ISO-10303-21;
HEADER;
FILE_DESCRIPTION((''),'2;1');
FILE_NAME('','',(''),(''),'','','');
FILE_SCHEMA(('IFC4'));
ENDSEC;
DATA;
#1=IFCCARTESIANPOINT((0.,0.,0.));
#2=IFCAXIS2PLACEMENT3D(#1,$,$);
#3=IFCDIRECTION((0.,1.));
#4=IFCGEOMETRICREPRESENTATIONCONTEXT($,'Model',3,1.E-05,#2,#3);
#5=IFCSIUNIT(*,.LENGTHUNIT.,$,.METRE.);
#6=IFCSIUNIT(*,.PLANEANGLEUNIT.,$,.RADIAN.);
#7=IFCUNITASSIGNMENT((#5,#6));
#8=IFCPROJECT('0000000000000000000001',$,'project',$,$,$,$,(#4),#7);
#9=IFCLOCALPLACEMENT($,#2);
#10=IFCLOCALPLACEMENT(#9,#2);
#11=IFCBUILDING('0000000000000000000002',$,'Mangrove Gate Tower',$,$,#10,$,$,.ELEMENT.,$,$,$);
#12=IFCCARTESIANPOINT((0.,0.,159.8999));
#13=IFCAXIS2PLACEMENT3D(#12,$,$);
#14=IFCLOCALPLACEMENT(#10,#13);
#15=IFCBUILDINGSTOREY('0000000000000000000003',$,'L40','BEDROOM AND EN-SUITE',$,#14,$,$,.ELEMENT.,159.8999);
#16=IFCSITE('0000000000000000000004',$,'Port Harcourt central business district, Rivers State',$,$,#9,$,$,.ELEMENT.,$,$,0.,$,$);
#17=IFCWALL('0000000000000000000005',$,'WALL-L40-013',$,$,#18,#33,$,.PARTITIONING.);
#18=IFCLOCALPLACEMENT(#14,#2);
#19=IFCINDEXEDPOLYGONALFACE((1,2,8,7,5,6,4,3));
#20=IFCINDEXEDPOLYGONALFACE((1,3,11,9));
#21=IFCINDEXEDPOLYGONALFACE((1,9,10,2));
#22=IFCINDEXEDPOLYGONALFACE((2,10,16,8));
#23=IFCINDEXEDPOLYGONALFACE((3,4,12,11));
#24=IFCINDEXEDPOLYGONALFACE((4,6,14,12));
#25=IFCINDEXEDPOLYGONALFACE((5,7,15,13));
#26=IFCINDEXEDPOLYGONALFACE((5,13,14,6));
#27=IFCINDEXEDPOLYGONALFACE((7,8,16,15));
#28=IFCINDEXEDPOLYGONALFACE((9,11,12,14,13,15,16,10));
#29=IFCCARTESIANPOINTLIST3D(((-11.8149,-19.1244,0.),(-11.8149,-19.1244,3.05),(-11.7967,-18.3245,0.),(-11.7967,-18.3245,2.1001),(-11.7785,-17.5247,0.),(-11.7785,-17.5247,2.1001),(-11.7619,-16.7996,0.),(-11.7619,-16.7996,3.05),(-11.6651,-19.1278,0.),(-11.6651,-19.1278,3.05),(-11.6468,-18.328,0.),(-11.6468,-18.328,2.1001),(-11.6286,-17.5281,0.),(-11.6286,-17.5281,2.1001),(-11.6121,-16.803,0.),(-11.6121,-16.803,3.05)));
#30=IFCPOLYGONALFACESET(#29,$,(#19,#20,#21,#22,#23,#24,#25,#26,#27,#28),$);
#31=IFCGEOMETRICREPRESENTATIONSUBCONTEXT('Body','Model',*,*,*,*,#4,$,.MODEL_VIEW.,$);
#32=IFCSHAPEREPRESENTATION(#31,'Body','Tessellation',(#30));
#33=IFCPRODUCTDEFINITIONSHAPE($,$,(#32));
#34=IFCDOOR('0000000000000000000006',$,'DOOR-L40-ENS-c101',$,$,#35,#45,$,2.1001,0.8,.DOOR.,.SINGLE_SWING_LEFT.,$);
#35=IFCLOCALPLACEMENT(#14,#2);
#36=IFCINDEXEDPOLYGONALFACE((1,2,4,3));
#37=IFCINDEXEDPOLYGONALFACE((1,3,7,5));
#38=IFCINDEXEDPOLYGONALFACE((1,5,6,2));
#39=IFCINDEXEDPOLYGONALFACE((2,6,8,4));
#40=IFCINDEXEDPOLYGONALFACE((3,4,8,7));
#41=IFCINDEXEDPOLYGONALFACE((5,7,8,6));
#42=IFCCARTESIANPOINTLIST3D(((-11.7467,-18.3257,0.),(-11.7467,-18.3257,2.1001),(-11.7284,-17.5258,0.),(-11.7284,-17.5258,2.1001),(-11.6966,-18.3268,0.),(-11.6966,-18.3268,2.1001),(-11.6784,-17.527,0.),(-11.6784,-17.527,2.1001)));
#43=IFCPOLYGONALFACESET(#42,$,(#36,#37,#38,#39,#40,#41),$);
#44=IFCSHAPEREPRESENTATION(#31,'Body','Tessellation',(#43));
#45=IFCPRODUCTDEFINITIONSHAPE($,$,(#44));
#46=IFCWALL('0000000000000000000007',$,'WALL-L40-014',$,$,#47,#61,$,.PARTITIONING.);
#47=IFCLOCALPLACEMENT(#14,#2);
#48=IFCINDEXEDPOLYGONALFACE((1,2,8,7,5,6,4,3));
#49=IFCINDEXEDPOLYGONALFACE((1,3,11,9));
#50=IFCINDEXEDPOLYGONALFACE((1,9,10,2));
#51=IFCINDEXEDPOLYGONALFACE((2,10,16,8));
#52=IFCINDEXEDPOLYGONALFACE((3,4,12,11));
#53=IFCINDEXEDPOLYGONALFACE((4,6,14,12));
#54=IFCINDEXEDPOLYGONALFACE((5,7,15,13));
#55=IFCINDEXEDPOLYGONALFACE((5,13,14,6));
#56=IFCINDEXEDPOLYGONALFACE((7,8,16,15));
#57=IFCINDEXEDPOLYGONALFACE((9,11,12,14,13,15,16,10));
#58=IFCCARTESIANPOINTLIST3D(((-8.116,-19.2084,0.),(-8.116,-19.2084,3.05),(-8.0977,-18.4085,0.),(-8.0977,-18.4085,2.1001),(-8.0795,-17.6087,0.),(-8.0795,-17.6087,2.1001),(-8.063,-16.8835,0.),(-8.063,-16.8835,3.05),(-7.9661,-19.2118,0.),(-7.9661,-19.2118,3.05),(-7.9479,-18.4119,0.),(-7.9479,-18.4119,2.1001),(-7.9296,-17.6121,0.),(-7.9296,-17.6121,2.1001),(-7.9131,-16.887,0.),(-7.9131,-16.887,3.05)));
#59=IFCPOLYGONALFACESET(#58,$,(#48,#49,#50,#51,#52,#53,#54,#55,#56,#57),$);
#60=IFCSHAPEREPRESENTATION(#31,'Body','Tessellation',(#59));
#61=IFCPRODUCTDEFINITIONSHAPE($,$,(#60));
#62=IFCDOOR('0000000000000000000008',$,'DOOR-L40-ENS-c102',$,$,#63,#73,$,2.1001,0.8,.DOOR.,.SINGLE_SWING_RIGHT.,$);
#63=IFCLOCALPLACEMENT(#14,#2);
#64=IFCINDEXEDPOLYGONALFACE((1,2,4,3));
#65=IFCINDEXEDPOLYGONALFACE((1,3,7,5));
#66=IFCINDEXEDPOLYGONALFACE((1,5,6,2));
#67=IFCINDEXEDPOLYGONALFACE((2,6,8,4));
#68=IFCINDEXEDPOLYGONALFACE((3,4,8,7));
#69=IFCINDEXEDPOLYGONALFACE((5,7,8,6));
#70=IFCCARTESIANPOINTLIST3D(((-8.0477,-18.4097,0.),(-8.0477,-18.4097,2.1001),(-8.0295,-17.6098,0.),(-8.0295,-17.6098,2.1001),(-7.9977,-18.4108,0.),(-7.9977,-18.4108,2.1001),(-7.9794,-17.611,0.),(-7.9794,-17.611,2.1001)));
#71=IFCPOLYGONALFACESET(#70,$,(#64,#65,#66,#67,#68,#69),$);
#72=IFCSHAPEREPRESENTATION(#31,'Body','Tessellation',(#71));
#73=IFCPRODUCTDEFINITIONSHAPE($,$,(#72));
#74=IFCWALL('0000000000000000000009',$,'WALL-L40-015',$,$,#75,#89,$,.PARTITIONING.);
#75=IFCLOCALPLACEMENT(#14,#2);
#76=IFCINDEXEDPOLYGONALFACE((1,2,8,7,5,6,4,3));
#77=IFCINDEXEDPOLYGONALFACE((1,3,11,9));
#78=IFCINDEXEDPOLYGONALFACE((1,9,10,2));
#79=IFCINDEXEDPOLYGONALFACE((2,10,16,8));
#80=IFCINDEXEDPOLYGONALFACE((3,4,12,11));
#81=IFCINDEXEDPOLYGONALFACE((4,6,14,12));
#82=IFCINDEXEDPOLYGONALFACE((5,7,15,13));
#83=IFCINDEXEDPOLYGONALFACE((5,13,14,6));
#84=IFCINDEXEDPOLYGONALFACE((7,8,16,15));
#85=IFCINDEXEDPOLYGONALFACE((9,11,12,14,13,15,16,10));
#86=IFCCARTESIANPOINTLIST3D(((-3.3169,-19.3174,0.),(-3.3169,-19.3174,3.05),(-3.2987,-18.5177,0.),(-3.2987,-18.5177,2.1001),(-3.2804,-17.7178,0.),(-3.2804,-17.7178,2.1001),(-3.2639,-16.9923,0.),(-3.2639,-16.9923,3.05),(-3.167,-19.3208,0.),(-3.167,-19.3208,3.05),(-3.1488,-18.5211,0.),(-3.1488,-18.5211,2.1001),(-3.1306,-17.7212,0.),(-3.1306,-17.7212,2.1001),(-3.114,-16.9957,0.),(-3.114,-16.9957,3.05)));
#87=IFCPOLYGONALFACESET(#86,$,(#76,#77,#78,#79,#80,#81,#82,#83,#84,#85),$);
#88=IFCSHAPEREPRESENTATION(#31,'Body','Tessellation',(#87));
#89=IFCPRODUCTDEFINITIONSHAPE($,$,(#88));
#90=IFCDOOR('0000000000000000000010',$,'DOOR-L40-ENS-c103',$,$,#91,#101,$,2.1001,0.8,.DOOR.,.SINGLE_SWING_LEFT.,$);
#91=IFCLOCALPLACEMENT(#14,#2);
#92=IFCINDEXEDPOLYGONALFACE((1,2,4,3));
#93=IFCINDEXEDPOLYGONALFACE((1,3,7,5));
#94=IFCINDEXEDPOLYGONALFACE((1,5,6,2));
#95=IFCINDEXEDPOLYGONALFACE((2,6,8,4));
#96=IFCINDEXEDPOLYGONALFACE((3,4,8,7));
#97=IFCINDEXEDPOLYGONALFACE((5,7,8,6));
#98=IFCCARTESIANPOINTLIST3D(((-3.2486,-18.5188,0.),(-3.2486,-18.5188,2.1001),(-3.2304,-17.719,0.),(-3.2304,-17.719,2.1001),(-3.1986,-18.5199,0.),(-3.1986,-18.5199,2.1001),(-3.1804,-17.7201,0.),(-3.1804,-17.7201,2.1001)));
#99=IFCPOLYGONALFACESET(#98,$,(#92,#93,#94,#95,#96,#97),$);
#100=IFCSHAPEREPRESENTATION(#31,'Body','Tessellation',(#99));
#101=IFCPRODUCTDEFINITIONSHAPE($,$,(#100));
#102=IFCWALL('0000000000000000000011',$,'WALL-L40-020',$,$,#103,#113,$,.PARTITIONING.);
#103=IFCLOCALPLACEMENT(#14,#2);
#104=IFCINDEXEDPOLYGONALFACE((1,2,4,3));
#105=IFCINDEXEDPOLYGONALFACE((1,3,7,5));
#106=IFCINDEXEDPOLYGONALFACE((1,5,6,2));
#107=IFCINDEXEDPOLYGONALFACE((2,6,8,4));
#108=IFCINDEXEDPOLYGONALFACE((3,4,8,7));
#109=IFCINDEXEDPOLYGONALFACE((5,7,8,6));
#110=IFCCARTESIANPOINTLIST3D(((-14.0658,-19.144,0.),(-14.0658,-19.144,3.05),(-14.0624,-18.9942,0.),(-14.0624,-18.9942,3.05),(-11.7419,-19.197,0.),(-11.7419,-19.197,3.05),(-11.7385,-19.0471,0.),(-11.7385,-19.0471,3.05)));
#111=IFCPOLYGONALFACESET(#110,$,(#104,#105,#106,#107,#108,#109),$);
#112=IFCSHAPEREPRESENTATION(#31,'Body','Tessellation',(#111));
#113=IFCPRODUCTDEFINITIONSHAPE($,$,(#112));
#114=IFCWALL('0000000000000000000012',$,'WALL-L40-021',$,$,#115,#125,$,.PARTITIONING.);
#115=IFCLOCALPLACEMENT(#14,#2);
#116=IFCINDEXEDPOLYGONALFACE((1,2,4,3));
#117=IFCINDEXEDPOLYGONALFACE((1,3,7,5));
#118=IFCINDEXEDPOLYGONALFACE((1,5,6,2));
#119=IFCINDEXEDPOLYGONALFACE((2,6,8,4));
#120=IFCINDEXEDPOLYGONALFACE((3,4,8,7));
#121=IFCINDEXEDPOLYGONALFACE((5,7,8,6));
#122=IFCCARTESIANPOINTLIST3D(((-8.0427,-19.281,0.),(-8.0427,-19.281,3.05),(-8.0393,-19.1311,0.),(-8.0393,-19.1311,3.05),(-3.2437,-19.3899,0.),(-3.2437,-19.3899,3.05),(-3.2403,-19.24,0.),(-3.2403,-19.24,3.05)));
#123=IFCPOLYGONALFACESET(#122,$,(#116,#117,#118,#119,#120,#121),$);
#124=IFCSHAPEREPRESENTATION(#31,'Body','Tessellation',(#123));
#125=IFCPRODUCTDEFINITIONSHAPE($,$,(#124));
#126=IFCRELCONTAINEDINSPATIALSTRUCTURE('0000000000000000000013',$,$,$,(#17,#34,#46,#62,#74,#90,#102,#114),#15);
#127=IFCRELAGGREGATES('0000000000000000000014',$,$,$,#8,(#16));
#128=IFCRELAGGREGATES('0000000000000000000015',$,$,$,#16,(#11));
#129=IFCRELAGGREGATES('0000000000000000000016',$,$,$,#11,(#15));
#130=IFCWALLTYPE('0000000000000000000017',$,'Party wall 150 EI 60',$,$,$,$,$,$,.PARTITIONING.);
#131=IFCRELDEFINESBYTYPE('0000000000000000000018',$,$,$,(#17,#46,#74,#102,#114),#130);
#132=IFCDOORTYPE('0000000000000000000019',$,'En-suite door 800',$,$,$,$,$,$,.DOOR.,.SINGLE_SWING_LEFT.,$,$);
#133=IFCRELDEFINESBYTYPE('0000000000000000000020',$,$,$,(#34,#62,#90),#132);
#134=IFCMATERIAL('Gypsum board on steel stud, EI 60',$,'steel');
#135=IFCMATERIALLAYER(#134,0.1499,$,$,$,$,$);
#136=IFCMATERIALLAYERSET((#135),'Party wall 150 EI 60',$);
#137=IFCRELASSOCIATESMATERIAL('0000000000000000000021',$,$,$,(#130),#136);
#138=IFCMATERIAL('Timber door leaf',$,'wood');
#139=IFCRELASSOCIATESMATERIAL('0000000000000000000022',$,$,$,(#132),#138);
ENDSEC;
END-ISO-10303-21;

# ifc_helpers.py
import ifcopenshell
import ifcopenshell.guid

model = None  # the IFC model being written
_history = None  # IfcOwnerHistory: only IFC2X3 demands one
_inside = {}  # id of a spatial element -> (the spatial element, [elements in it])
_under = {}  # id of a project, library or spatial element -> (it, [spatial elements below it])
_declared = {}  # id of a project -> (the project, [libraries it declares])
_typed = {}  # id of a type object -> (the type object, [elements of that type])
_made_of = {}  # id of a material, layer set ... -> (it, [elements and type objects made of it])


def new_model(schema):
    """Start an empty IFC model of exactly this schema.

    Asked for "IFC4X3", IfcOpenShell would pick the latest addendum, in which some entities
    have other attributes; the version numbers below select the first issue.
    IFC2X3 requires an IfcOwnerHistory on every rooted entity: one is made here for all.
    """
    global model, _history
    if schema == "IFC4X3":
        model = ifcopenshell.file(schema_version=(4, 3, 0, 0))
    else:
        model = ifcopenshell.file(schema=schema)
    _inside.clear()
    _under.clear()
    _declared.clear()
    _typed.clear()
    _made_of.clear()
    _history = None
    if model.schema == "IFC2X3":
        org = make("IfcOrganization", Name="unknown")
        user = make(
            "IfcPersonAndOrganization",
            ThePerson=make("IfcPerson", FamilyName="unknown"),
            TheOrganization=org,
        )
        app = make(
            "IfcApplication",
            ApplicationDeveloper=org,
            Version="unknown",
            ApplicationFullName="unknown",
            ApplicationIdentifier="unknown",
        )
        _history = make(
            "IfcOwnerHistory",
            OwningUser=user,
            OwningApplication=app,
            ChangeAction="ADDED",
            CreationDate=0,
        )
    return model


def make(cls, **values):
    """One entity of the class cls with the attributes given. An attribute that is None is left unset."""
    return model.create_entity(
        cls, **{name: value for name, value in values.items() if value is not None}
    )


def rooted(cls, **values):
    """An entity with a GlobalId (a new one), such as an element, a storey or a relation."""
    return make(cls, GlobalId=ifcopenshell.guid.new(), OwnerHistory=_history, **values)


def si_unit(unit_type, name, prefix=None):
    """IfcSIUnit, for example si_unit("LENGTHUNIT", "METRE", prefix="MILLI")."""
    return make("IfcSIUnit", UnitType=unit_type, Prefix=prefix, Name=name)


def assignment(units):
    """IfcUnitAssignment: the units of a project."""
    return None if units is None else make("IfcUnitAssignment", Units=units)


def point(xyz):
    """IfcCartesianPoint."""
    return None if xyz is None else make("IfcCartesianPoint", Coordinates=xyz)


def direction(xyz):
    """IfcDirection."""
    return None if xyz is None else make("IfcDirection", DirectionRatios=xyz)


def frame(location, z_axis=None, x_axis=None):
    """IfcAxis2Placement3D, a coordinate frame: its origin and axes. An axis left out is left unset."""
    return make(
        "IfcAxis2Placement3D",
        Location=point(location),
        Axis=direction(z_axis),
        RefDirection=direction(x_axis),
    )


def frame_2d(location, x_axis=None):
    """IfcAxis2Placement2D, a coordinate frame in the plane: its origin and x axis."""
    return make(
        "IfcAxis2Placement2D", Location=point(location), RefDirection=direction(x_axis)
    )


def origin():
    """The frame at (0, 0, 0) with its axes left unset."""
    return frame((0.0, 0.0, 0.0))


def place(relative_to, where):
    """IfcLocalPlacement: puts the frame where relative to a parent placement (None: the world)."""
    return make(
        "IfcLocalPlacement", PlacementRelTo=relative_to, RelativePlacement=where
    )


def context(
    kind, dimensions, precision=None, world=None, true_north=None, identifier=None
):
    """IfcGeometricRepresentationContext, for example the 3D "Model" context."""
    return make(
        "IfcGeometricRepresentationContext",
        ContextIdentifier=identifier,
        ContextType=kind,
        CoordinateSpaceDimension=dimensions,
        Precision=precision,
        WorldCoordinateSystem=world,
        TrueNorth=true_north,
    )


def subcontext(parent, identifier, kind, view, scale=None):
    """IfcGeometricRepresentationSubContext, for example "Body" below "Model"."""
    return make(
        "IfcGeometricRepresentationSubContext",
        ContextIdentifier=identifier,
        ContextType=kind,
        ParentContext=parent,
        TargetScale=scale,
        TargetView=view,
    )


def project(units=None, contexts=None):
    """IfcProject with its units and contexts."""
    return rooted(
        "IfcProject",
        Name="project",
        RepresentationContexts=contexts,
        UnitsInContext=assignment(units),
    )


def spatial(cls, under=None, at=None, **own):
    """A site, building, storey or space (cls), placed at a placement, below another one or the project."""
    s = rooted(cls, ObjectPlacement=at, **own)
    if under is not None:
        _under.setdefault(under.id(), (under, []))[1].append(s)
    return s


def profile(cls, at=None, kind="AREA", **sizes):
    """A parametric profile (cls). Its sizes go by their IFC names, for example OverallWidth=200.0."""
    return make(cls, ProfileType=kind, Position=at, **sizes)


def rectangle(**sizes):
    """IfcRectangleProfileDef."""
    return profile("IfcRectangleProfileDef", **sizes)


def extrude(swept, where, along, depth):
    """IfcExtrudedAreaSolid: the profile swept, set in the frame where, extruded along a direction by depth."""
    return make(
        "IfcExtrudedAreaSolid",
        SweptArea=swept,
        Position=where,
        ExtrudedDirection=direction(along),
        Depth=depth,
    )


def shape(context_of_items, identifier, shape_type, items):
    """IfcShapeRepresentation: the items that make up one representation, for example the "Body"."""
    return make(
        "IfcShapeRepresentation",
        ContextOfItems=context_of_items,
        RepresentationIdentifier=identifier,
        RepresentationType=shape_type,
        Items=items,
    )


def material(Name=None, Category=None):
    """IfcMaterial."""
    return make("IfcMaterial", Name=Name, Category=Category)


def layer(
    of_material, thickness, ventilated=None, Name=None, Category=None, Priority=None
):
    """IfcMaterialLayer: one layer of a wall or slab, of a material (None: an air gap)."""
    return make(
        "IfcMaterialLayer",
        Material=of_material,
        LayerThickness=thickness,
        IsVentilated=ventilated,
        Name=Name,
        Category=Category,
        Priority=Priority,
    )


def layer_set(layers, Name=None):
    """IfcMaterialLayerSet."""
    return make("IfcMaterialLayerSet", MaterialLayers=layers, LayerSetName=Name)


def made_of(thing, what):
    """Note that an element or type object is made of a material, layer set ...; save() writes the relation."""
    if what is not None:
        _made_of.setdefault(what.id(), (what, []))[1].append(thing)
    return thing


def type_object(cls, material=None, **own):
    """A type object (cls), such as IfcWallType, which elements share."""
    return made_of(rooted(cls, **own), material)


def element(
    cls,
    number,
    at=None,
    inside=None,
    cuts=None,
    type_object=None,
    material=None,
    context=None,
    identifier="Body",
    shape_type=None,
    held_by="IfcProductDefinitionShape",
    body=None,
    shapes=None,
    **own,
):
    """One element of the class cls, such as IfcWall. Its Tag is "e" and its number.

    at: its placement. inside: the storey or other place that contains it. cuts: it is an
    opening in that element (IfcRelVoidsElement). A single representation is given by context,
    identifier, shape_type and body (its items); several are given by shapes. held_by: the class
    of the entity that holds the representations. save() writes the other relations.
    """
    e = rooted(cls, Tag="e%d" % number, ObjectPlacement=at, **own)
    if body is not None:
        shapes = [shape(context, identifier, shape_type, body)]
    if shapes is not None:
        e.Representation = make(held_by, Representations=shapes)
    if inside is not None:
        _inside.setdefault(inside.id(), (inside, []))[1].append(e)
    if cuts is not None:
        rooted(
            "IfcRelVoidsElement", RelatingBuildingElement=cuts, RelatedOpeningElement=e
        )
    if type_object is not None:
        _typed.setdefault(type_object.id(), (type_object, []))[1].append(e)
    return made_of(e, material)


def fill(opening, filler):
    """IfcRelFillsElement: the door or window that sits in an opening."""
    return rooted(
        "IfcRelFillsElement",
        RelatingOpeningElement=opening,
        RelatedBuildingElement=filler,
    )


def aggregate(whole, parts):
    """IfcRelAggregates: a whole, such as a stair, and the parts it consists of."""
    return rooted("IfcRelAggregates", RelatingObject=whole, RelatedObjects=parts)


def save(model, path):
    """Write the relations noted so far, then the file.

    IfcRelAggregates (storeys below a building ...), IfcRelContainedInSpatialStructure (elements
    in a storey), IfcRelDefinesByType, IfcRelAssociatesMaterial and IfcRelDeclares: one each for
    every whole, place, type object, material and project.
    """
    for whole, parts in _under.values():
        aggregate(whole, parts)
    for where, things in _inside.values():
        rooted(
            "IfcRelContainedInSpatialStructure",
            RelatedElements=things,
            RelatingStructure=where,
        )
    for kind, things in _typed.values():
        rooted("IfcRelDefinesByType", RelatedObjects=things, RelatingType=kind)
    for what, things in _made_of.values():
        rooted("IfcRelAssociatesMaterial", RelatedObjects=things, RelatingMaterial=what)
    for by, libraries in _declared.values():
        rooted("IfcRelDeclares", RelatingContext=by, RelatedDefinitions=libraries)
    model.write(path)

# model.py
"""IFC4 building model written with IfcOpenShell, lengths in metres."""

from ifc_helpers import new_model, si_unit, direction, frame, frame_2d, origin, place, context, subcontext, project, spatial, rectangle, extrude, material, layer, layer_set, type_object, element, fill, save


model = new_model("IFC4")

# Units and contexts
model_context = context("Model", 3, precision=1e-05, world=origin(), true_north=direction((0.0, 1.0)))
body_context = subcontext(model_context, "Body", "Model", "MODEL_VIEW")
ifc_project = project(units=[si_unit("LENGTHUNIT", "METRE"), si_unit("PLANEANGLEUNIT", "RADIAN")], contexts=[model_context])

# Site, building, storey
site_placement = place(None, origin())
site = spatial("IfcSite", under=ifc_project, at=site_placement, Name="Port Harcourt central business district, Rivers State", CompositionType="ELEMENT", RefElevation=0.0)
building_placement = place(site_placement, origin())
building = spatial("IfcBuilding", under=site, at=building_placement, Name="Mangrove Gate Tower", CompositionType="ELEMENT")
storey_placement = place(building_placement, frame((0.0, 0.0, 159.8999)))
storey = spatial("IfcBuildingStorey", under=building, at=storey_placement, Name="L40", Description="BEDROOM AND EN-SUITE", CompositionType="ELEMENT", Elevation=159.8999)

# Shared definitions
ifc_material_1 = material(Name="Gypsum board on steel stud, EI 60", Category="steel")
ifc_layer_1 = layer(ifc_material_1, 0.1499)
ifc_layer_set_1 = layer_set([ifc_layer_1], Name="Party wall 150 EI 60")
wall_type_1 = type_object("IfcWallType", Name="Party wall 150 EI 60", PredefinedType="PARTITIONING", material=ifc_layer_set_1)

# Walls, openings, doors
wall_1_placement = place(storey_placement, frame((-11.74, -19.126, 0.0), z_axis=(0.0, 0.0, 1.0), x_axis=(0.022781, 0.99974, 0.0)))
wall_1 = element("IfcWall", 1, at=wall_1_placement, inside=storey, type_object=wall_type_1, Name="WALL-L40-013", PredefinedType="PARTITIONING", context=body_context, shape_type="SweptSolid", body=[
    extrude(rectangle(XDim=2.3254, YDim=0.1499, at=frame_2d((1.1626, 0.0))), origin(), (0.0, 0.0, 1.0), 3.05),
])
opening_1_placement = place(wall_1_placement, frame((0.8, 0.0, 0.0)))
opening_1 = element("IfcOpeningElement", 2, at=opening_1_placement, cuts=wall_1, PredefinedType="OPENING", context=body_context, shape_type="SweptSolid", body=[
    extrude(rectangle(XDim=0.8, YDim=2.1001, at=frame_2d((0.3999, 1.05))), frame((0.0, 0.085, 0.0), z_axis=(0.0, -1.0, 0.0), x_axis=(1.0, 0.0, 0.0)), (0.0, 0.0, 1.0), 0.1699),
])
ifc_material_2 = material(Name="Timber door leaf", Category="wood")
door_type_1 = type_object("IfcDoorType", Name="En-suite door 800", OperationType="SINGLE_SWING_LEFT", PredefinedType="DOOR", material=ifc_material_2)
door_1_placement = place(opening_1_placement, origin())
door_1 = element("IfcDoor", 3, at=door_1_placement, inside=storey, type_object=door_type_1, Name="DOOR-L40-ENS-c101", OperationType="SINGLE_SWING_LEFT", OverallHeight=2.1001, OverallWidth=0.8, PredefinedType="DOOR", context=body_context, shape_type="SweptSolid", body=[
    extrude(rectangle(XDim=0.8, YDim=2.1001, at=frame_2d((0.3999, 1.05))), frame((0.0, 0.0249, 0.0), z_axis=(0.0, -1.0, 0.0), x_axis=(1.0, 0.0, 0.0)), (0.0, 0.0, 1.0), 0.05),
])
fill(opening_1, door_1)
wall_2_placement = place(storey_placement, frame((-8.041, -19.21, 0.0), z_axis=(0.0, 0.0, 1.0), x_axis=(0.022781, 0.99974, 0.0)))
wall_2 = element("IfcWall", 4, at=wall_2_placement, inside=storey, type_object=wall_type_1, Name="WALL-L40-014", PredefinedType="PARTITIONING", context=body_context, shape_type="SweptSolid", body=[
    extrude(rectangle(XDim=2.3254, YDim=0.1499, at=frame_2d((1.1626, 0.0))), origin(), (0.0, 0.0, 1.0), 3.05),
])
opening_2_placement = place(wall_2_placement, frame((0.8, 0.0, 0.0)))
opening_2 = element("IfcOpeningElement", 5, at=opening_2_placement, cuts=wall_2, PredefinedType="OPENING", context=body_context, shape_type="SweptSolid", body=[
    extrude(rectangle(XDim=0.8, YDim=2.1001, at=frame_2d((0.3999, 1.05))), frame((0.0, 0.085, 0.0), z_axis=(0.0, -1.0, 0.0), x_axis=(1.0, 0.0, 0.0)), (0.0, 0.0, 1.0), 0.1699),
])
door_2_placement = place(opening_2_placement, origin())
door_2 = element("IfcDoor", 6, at=door_2_placement, inside=storey, type_object=door_type_1, Name="DOOR-L40-ENS-c102", OperationType="SINGLE_SWING_RIGHT", OverallHeight=2.1001, OverallWidth=0.8, PredefinedType="DOOR", context=body_context, shape_type="SweptSolid", body=[
    extrude(rectangle(XDim=0.8, YDim=2.1001, at=frame_2d((0.3999, 1.05))), frame((0.0, 0.0249, 0.0), z_axis=(0.0, -1.0, 0.0), x_axis=(1.0, 0.0, 0.0)), (0.0, 0.0, 1.0), 0.05),
])
fill(opening_2, door_2)
wall_3_placement = place(storey_placement, frame((-3.2419, -19.3191, 0.0), z_axis=(0.0, 0.0, 1.0), x_axis=(0.022779, 0.999741, 0.0)))
wall_3 = element("IfcWall", 7, at=wall_3_placement, inside=storey, type_object=wall_type_1, Name="WALL-L40-015", PredefinedType="PARTITIONING", context=body_context, shape_type="SweptSolid", body=[
    extrude(rectangle(XDim=2.3257, YDim=0.1499, at=frame_2d((1.1628, 0.0))), origin(), (0.0, 0.0, 1.0), 3.05),
])
opening_3_placement = place(wall_3_placement, frame((0.8, 0.0, 0.0)))
opening_3 = element("IfcOpeningElement", 8, at=opening_3_placement, cuts=wall_3, PredefinedType="OPENING", context=body_context, shape_type="SweptSolid", body=[
    extrude(rectangle(XDim=0.8, YDim=2.1001, at=frame_2d((0.3999, 1.05))), frame((0.0, 0.085, 0.0), z_axis=(0.0, -1.0, 0.0), x_axis=(1.0, 0.0, 0.0)), (0.0, 0.0, 1.0), 0.1699),
])
door_3_placement = place(opening_3_placement, origin())
door_3 = element("IfcDoor", 9, at=door_3_placement, inside=storey, type_object=door_type_1, Name="DOOR-L40-ENS-c103", OperationType="SINGLE_SWING_LEFT", OverallHeight=2.1001, OverallWidth=0.8, PredefinedType="DOOR", context=body_context, shape_type="SweptSolid", body=[
    extrude(rectangle(XDim=0.8, YDim=2.1001, at=frame_2d((0.3999, 1.05))), frame((0.0, 0.0249, 0.0), z_axis=(0.0, -1.0, 0.0), x_axis=(1.0, 0.0, 0.0)), (0.0, 0.0, 1.0), 0.05),
])
fill(opening_3, door_3)

# Walls
wall_4_placement = place(storey_placement, frame((-14.064, -19.0691, 0.0), z_axis=(0.0, 0.0, 1.0), x_axis=(0.99974, -0.022791, 0.0)))
element("IfcWall", 10, at=wall_4_placement, inside=storey, type_object=wall_type_1, Name="WALL-L40-020", PredefinedType="PARTITIONING", context=body_context, shape_type="SweptSolid", body=[
    extrude(rectangle(XDim=2.3245, YDim=0.1499, at=frame_2d((1.1621, 0.0))), origin(), (0.0, 0.0, 1.0), 3.05),
])
wall_5_placement = place(storey_placement, frame((-8.041, -19.2061, 0.0), z_axis=(0.0, 0.0, 1.0), x_axis=(0.999743, -0.022683, 0.0)))
element("IfcWall", 11, at=wall_5_placement, inside=storey, type_object=wall_type_1, Name="WALL-L40-021", PredefinedType="PARTITIONING", context=body_context, shape_type="SweptSolid", body=[
    extrude(rectangle(XDim=4.8003, YDim=0.1499, at=frame_2d((2.4001, 0.0))), origin(), (0.0, 0.0, 1.0), 3.05),
])

save(model, "model.ifc")
